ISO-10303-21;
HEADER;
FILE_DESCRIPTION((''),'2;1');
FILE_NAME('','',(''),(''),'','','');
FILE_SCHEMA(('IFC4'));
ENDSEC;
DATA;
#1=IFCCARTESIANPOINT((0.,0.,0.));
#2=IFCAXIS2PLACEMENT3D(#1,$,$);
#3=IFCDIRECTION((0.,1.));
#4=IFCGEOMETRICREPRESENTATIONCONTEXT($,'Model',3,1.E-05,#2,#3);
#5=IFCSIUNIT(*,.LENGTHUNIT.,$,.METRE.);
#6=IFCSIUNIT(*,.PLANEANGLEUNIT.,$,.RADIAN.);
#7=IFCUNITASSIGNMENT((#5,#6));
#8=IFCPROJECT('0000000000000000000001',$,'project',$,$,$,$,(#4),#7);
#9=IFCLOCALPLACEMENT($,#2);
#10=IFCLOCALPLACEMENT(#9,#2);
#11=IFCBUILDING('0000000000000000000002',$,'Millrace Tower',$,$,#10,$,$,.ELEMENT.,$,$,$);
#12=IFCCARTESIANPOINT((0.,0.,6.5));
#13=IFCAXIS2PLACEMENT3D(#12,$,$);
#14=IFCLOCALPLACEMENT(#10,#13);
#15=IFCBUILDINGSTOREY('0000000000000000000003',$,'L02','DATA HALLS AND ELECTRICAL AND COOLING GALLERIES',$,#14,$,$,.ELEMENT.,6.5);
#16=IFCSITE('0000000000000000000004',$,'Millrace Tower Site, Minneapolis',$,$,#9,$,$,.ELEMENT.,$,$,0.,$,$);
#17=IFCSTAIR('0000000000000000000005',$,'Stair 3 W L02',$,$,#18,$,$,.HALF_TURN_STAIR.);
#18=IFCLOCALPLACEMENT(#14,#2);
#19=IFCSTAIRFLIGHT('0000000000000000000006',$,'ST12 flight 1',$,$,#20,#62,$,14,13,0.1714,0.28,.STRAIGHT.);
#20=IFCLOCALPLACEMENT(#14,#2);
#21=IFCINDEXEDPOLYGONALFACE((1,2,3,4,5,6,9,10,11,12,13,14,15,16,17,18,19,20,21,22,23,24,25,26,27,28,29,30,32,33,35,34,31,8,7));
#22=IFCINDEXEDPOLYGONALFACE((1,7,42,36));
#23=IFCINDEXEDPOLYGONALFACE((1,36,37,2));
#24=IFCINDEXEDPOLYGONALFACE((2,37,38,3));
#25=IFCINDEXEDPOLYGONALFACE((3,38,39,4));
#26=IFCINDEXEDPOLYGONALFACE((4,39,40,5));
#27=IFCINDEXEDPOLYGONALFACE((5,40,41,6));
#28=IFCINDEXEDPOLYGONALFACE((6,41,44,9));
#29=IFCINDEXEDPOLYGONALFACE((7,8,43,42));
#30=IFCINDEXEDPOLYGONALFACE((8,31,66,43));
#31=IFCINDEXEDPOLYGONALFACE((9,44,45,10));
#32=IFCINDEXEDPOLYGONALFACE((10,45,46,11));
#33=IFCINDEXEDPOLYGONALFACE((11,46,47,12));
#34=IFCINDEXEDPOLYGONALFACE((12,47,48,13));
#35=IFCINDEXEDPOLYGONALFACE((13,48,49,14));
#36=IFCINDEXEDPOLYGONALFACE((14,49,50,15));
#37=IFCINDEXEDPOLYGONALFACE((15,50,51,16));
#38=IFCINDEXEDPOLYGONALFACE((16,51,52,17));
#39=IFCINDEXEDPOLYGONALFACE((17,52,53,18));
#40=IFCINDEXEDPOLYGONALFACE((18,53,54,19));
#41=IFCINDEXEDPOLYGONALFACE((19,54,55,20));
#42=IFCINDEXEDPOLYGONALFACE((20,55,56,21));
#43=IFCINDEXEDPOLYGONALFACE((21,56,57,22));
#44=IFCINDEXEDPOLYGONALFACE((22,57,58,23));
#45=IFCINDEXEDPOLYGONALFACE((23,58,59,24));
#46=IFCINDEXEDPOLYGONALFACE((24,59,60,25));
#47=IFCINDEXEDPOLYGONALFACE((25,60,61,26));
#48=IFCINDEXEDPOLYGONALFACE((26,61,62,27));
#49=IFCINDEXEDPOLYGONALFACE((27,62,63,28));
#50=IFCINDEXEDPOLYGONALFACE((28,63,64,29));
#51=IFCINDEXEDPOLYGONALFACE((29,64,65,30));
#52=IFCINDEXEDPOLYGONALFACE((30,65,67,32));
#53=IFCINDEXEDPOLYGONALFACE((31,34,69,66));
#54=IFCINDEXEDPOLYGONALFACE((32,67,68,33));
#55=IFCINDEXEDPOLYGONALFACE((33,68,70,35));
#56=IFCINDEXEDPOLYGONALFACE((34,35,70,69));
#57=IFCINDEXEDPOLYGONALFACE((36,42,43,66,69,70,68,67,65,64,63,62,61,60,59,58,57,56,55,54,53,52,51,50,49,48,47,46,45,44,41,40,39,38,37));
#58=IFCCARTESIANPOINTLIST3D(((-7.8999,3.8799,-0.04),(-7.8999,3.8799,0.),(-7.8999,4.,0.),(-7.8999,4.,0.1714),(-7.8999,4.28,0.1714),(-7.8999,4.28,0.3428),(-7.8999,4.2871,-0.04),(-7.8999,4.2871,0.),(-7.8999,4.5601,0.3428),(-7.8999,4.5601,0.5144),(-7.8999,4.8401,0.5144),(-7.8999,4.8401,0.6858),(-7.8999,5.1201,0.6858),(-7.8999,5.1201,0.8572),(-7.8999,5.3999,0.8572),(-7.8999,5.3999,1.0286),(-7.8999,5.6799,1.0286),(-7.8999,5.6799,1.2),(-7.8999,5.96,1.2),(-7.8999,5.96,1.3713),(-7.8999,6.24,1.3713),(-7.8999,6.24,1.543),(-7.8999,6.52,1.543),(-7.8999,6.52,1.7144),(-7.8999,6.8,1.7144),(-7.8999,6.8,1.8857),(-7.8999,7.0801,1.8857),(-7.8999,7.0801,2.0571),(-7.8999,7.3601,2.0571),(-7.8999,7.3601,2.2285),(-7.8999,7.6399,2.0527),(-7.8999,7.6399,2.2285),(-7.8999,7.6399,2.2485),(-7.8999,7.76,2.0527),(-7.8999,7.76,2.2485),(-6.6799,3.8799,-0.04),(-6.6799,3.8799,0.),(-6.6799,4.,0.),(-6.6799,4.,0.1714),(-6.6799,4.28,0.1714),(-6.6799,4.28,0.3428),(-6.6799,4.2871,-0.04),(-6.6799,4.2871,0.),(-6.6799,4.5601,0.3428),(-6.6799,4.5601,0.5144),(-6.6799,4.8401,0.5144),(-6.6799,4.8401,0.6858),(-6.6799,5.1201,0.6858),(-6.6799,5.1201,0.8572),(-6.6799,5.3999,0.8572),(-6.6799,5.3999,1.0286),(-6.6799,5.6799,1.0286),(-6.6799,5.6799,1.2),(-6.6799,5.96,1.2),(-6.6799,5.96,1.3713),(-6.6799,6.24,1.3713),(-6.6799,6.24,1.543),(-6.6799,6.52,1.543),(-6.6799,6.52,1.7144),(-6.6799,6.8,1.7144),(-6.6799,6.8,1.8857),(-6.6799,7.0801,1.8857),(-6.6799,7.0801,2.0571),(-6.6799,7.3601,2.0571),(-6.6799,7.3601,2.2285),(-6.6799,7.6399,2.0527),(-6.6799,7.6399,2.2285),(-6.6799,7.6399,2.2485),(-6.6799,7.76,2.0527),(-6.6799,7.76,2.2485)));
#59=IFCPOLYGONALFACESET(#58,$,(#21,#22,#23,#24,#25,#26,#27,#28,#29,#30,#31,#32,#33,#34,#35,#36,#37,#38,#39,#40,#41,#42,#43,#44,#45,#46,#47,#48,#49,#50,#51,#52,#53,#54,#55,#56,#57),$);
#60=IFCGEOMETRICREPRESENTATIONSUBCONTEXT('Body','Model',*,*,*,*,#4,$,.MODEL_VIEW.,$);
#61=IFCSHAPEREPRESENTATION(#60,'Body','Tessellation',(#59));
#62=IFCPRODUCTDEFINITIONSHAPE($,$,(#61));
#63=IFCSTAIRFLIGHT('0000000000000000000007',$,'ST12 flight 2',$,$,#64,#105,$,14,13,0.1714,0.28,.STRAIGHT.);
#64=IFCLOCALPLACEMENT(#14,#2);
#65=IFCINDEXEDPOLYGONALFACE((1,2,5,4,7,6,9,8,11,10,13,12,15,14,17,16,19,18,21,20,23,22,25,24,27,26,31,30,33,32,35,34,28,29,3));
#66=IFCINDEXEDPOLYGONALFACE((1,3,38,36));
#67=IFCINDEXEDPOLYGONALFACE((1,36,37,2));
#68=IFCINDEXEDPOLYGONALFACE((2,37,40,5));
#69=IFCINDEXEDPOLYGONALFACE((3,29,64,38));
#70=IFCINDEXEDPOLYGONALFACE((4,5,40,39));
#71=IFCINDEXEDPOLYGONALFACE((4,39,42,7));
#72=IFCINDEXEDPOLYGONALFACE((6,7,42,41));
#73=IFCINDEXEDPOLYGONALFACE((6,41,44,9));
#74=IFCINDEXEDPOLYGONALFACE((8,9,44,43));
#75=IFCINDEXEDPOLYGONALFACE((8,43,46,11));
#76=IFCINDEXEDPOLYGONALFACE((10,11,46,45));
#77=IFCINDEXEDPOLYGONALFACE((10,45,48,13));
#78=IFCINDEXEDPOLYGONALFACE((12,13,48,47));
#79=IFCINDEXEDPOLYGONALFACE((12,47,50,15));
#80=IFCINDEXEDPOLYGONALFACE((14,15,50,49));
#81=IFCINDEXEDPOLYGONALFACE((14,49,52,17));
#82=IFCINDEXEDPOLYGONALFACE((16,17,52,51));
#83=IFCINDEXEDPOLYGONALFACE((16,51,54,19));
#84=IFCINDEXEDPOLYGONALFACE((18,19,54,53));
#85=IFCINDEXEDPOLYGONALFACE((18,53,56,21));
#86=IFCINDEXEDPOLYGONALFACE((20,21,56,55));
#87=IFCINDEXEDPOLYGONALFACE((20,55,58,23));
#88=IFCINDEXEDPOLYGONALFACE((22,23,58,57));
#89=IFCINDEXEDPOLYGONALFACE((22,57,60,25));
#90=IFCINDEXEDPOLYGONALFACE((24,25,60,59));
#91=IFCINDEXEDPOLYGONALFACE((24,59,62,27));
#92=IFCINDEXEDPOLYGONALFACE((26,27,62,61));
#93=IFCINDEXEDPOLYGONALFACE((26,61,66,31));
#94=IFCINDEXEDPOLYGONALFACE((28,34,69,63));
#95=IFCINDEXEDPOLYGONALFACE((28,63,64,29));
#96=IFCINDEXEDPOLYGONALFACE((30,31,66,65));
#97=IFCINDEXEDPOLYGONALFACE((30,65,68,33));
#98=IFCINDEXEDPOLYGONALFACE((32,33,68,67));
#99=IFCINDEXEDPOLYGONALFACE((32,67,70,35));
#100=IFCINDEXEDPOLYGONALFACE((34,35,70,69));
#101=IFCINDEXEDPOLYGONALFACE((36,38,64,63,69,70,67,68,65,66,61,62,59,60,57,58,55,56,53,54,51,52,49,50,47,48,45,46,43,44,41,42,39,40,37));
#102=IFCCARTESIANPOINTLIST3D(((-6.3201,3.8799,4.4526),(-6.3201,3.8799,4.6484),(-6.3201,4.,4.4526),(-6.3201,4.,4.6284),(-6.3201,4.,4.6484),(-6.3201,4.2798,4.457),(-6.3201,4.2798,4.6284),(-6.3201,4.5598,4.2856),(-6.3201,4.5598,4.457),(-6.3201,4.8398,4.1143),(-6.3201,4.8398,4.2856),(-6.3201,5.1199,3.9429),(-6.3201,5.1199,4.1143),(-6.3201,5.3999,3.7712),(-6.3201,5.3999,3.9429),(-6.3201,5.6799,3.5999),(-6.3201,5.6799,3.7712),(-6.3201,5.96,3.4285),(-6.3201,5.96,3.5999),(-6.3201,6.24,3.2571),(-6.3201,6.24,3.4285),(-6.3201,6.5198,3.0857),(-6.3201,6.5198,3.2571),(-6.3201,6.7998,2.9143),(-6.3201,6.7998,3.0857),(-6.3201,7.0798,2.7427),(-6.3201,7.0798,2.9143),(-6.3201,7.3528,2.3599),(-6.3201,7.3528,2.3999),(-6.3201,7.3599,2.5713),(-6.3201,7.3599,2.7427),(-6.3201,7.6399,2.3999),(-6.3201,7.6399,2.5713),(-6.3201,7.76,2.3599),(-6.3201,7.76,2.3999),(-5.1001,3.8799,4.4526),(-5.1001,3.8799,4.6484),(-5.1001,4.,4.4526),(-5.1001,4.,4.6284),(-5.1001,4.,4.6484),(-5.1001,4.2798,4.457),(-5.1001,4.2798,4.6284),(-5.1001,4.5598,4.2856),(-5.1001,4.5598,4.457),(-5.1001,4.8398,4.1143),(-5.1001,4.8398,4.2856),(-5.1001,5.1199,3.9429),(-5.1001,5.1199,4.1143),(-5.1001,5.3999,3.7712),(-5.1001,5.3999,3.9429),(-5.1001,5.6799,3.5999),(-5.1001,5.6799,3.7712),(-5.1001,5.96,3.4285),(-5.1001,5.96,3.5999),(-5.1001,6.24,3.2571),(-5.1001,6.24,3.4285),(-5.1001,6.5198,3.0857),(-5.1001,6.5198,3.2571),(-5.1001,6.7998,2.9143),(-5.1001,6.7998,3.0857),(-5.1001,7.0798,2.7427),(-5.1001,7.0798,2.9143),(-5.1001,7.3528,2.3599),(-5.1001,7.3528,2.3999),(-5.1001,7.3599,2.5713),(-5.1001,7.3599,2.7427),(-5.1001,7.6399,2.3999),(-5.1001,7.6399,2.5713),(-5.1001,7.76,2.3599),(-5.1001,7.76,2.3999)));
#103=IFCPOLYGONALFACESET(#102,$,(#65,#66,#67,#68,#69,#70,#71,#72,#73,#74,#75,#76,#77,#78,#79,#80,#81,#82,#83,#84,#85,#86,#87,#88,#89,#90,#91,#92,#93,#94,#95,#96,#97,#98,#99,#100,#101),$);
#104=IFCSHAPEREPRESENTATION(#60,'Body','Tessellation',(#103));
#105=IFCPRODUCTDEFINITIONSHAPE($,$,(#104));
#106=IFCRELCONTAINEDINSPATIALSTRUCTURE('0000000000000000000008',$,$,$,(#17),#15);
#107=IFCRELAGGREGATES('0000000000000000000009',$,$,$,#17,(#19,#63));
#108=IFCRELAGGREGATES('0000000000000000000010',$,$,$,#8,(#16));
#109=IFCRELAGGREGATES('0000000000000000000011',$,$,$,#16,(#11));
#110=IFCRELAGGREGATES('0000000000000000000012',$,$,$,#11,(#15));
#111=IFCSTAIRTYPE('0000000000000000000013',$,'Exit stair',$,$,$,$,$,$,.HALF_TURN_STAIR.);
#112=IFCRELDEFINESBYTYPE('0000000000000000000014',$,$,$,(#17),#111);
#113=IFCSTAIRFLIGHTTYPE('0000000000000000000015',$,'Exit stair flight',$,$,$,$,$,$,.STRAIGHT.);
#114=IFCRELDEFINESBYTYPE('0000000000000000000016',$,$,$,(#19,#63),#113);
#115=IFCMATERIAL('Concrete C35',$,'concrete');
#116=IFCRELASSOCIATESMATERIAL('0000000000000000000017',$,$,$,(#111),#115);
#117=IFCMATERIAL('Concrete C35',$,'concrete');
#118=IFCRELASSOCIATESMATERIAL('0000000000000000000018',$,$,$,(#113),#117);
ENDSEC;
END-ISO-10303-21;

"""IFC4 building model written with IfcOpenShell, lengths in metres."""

from ifc_helpers import new_model, si_unit, direction, frame, origin, place, context, subcontext, project, spatial, polyline, outline, extrude, material, type_object, element, aggregate, save


model = new_model("IFC4")

# Units and contexts
model_context = context("Model", 3, precision=1e-05, world=origin(), true_north=direction((0.0, 1.0)))
body_context = subcontext(model_context, "Body", "Model", "MODEL_VIEW")
ifc_project = project(units=[si_unit("LENGTHUNIT", "METRE"), si_unit("PLANEANGLEUNIT", "RADIAN")], contexts=[model_context])

# Site, building, storey
site_placement = place(None, origin())
site = spatial("IfcSite", under=ifc_project, at=site_placement, Name="Millrace Tower Site, Minneapolis", CompositionType="ELEMENT", RefElevation=0.0)
building_placement = place(site_placement, origin())
building = spatial("IfcBuilding", under=site, at=building_placement, Name="Millrace Tower", CompositionType="ELEMENT")
storey_placement = place(building_placement, frame((0.0, 0.0, 6.5)))
storey = spatial("IfcBuildingStorey", under=building, at=storey_placement, Name="L02", Description="DATA HALLS AND ELECTRICAL AND COOLING GALLERIES", CompositionType="ELEMENT", Elevation=6.5)

# Shared definitions
placement = place(storey_placement, origin())

# Shared definitions
ifc_material_1 = material(Name="Concrete C35", Category="concrete")
stair_type = type_object("IfcStairType", Name="Exit stair", PredefinedType="HALF_TURN_STAIR", material=ifc_material_1)
ifc_material_2 = material(Name="Concrete C35", Category="concrete")
stair_flight_type = type_object("IfcStairFlightType", Name="Exit stair flight", PredefinedType="STRAIGHT", material=ifc_material_2)

# Stair, stair flights
stair_1 = element("IfcStair", 1, at=placement, inside=storey, type_object=stair_type, Name="Stair 3 W L02", PredefinedType="HALF_TURN_STAIR")
stair_flight_1_placement = place(storey_placement, frame((-7.29, 4.0, 0.0), z_axis=(0.0, 0.0, 1.0), x_axis=(0.0, 1.0, 0.0)))
stair_flight_1 = element("IfcStairFlight", 2, at=stair_flight_1_placement, type_object=stair_flight_type, Name="ST12 flight 1", NumberOfRisers=14, NumberOfTreads=13, PredefinedType="STRAIGHT", RiserHeight=0.1714, TreadLength=0.28, context=body_context, shape_type="SweptSolid", body=[
    extrude(outline(polyline([(-0.1201, -0.04), (-0.1201, 0.0), (0.0, 0.0), (0.0, 0.1714), (0.28, 0.1714), (0.28, 0.3428), (0.5601, 0.3428), (0.5601, 0.5144), (0.8401, 0.5144), (0.8401, 0.6858), (1.1201, 0.6858), (1.1201, 0.8572), (1.3999, 0.8572), (1.3999, 1.0286), (1.6799, 1.0286), (1.6799, 1.2), (1.96, 1.2), (1.96, 1.3713), (2.24, 1.3713), (2.24, 1.543), (2.52, 1.543), (2.52, 1.7144), (2.8, 1.7144), (2.8, 1.8857), (3.0801, 1.8857), (3.0801, 2.0571), (3.3601, 2.0571), (3.3601, 2.2285), (3.6399, 2.2285), (3.6399, 2.2485), (3.76, 2.2485), (3.76, 2.0527), (3.6399, 2.0527), (0.2871, 0.0), (0.2871, -0.04), (-0.1201, -0.04)])), frame((0.0, 0.6099, 0.0), z_axis=(0.0, -1.0, 0.0), x_axis=(1.0, 0.0, 0.0)), (0.0, 0.0, 1.0), 1.22),
])
stair_flight_2_placement = place(storey_placement, frame((-5.71, 7.6399, 2.3999), z_axis=(0.0, 0.0, 1.0), x_axis=(0.0, -1.0, 0.0)))
stair_flight_2 = element("IfcStairFlight", 3, at=stair_flight_2_placement, type_object=stair_flight_type, Name="ST12 flight 2", NumberOfRisers=14, NumberOfTreads=13, PredefinedType="STRAIGHT", RiserHeight=0.1714, TreadLength=0.28, context=body_context, shape_type="SweptSolid", body=[
    extrude(outline(polyline([(-0.1201, -0.04), (-0.1201, 0.0), (0.0, 0.0), (0.0, 0.1714), (0.28, 0.1714), (0.28, 0.3428), (0.5601, 0.3428), (0.5601, 0.5144), (0.8401, 0.5144), (0.8401, 0.6858), (1.1201, 0.6858), (1.1201, 0.8572), (1.3999, 0.8572), (1.3999, 1.0286), (1.6799, 1.0286), (1.6799, 1.2), (1.96, 1.2), (1.96, 1.3713), (2.24, 1.3713), (2.24, 1.543), (2.52, 1.543), (2.52, 1.7144), (2.8, 1.7144), (2.8, 1.8857), (3.0801, 1.8857), (3.0801, 2.0571), (3.3601, 2.0571), (3.3601, 2.2285), (3.6399, 2.2285), (3.6399, 2.2485), (3.76, 2.2485), (3.76, 2.0527), (3.6399, 2.0527), (0.2871, 0.0), (0.2871, -0.04), (-0.1201, -0.04)])), frame((0.0, 0.6099, 0.0), z_axis=(0.0, -1.0, 0.0), x_axis=(1.0, 0.0, 0.0)), (0.0, 0.0, 1.0), 1.22),
])
aggregate(stair_1, [stair_flight_1, stair_flight_2])

save(model, "model.ifc")
